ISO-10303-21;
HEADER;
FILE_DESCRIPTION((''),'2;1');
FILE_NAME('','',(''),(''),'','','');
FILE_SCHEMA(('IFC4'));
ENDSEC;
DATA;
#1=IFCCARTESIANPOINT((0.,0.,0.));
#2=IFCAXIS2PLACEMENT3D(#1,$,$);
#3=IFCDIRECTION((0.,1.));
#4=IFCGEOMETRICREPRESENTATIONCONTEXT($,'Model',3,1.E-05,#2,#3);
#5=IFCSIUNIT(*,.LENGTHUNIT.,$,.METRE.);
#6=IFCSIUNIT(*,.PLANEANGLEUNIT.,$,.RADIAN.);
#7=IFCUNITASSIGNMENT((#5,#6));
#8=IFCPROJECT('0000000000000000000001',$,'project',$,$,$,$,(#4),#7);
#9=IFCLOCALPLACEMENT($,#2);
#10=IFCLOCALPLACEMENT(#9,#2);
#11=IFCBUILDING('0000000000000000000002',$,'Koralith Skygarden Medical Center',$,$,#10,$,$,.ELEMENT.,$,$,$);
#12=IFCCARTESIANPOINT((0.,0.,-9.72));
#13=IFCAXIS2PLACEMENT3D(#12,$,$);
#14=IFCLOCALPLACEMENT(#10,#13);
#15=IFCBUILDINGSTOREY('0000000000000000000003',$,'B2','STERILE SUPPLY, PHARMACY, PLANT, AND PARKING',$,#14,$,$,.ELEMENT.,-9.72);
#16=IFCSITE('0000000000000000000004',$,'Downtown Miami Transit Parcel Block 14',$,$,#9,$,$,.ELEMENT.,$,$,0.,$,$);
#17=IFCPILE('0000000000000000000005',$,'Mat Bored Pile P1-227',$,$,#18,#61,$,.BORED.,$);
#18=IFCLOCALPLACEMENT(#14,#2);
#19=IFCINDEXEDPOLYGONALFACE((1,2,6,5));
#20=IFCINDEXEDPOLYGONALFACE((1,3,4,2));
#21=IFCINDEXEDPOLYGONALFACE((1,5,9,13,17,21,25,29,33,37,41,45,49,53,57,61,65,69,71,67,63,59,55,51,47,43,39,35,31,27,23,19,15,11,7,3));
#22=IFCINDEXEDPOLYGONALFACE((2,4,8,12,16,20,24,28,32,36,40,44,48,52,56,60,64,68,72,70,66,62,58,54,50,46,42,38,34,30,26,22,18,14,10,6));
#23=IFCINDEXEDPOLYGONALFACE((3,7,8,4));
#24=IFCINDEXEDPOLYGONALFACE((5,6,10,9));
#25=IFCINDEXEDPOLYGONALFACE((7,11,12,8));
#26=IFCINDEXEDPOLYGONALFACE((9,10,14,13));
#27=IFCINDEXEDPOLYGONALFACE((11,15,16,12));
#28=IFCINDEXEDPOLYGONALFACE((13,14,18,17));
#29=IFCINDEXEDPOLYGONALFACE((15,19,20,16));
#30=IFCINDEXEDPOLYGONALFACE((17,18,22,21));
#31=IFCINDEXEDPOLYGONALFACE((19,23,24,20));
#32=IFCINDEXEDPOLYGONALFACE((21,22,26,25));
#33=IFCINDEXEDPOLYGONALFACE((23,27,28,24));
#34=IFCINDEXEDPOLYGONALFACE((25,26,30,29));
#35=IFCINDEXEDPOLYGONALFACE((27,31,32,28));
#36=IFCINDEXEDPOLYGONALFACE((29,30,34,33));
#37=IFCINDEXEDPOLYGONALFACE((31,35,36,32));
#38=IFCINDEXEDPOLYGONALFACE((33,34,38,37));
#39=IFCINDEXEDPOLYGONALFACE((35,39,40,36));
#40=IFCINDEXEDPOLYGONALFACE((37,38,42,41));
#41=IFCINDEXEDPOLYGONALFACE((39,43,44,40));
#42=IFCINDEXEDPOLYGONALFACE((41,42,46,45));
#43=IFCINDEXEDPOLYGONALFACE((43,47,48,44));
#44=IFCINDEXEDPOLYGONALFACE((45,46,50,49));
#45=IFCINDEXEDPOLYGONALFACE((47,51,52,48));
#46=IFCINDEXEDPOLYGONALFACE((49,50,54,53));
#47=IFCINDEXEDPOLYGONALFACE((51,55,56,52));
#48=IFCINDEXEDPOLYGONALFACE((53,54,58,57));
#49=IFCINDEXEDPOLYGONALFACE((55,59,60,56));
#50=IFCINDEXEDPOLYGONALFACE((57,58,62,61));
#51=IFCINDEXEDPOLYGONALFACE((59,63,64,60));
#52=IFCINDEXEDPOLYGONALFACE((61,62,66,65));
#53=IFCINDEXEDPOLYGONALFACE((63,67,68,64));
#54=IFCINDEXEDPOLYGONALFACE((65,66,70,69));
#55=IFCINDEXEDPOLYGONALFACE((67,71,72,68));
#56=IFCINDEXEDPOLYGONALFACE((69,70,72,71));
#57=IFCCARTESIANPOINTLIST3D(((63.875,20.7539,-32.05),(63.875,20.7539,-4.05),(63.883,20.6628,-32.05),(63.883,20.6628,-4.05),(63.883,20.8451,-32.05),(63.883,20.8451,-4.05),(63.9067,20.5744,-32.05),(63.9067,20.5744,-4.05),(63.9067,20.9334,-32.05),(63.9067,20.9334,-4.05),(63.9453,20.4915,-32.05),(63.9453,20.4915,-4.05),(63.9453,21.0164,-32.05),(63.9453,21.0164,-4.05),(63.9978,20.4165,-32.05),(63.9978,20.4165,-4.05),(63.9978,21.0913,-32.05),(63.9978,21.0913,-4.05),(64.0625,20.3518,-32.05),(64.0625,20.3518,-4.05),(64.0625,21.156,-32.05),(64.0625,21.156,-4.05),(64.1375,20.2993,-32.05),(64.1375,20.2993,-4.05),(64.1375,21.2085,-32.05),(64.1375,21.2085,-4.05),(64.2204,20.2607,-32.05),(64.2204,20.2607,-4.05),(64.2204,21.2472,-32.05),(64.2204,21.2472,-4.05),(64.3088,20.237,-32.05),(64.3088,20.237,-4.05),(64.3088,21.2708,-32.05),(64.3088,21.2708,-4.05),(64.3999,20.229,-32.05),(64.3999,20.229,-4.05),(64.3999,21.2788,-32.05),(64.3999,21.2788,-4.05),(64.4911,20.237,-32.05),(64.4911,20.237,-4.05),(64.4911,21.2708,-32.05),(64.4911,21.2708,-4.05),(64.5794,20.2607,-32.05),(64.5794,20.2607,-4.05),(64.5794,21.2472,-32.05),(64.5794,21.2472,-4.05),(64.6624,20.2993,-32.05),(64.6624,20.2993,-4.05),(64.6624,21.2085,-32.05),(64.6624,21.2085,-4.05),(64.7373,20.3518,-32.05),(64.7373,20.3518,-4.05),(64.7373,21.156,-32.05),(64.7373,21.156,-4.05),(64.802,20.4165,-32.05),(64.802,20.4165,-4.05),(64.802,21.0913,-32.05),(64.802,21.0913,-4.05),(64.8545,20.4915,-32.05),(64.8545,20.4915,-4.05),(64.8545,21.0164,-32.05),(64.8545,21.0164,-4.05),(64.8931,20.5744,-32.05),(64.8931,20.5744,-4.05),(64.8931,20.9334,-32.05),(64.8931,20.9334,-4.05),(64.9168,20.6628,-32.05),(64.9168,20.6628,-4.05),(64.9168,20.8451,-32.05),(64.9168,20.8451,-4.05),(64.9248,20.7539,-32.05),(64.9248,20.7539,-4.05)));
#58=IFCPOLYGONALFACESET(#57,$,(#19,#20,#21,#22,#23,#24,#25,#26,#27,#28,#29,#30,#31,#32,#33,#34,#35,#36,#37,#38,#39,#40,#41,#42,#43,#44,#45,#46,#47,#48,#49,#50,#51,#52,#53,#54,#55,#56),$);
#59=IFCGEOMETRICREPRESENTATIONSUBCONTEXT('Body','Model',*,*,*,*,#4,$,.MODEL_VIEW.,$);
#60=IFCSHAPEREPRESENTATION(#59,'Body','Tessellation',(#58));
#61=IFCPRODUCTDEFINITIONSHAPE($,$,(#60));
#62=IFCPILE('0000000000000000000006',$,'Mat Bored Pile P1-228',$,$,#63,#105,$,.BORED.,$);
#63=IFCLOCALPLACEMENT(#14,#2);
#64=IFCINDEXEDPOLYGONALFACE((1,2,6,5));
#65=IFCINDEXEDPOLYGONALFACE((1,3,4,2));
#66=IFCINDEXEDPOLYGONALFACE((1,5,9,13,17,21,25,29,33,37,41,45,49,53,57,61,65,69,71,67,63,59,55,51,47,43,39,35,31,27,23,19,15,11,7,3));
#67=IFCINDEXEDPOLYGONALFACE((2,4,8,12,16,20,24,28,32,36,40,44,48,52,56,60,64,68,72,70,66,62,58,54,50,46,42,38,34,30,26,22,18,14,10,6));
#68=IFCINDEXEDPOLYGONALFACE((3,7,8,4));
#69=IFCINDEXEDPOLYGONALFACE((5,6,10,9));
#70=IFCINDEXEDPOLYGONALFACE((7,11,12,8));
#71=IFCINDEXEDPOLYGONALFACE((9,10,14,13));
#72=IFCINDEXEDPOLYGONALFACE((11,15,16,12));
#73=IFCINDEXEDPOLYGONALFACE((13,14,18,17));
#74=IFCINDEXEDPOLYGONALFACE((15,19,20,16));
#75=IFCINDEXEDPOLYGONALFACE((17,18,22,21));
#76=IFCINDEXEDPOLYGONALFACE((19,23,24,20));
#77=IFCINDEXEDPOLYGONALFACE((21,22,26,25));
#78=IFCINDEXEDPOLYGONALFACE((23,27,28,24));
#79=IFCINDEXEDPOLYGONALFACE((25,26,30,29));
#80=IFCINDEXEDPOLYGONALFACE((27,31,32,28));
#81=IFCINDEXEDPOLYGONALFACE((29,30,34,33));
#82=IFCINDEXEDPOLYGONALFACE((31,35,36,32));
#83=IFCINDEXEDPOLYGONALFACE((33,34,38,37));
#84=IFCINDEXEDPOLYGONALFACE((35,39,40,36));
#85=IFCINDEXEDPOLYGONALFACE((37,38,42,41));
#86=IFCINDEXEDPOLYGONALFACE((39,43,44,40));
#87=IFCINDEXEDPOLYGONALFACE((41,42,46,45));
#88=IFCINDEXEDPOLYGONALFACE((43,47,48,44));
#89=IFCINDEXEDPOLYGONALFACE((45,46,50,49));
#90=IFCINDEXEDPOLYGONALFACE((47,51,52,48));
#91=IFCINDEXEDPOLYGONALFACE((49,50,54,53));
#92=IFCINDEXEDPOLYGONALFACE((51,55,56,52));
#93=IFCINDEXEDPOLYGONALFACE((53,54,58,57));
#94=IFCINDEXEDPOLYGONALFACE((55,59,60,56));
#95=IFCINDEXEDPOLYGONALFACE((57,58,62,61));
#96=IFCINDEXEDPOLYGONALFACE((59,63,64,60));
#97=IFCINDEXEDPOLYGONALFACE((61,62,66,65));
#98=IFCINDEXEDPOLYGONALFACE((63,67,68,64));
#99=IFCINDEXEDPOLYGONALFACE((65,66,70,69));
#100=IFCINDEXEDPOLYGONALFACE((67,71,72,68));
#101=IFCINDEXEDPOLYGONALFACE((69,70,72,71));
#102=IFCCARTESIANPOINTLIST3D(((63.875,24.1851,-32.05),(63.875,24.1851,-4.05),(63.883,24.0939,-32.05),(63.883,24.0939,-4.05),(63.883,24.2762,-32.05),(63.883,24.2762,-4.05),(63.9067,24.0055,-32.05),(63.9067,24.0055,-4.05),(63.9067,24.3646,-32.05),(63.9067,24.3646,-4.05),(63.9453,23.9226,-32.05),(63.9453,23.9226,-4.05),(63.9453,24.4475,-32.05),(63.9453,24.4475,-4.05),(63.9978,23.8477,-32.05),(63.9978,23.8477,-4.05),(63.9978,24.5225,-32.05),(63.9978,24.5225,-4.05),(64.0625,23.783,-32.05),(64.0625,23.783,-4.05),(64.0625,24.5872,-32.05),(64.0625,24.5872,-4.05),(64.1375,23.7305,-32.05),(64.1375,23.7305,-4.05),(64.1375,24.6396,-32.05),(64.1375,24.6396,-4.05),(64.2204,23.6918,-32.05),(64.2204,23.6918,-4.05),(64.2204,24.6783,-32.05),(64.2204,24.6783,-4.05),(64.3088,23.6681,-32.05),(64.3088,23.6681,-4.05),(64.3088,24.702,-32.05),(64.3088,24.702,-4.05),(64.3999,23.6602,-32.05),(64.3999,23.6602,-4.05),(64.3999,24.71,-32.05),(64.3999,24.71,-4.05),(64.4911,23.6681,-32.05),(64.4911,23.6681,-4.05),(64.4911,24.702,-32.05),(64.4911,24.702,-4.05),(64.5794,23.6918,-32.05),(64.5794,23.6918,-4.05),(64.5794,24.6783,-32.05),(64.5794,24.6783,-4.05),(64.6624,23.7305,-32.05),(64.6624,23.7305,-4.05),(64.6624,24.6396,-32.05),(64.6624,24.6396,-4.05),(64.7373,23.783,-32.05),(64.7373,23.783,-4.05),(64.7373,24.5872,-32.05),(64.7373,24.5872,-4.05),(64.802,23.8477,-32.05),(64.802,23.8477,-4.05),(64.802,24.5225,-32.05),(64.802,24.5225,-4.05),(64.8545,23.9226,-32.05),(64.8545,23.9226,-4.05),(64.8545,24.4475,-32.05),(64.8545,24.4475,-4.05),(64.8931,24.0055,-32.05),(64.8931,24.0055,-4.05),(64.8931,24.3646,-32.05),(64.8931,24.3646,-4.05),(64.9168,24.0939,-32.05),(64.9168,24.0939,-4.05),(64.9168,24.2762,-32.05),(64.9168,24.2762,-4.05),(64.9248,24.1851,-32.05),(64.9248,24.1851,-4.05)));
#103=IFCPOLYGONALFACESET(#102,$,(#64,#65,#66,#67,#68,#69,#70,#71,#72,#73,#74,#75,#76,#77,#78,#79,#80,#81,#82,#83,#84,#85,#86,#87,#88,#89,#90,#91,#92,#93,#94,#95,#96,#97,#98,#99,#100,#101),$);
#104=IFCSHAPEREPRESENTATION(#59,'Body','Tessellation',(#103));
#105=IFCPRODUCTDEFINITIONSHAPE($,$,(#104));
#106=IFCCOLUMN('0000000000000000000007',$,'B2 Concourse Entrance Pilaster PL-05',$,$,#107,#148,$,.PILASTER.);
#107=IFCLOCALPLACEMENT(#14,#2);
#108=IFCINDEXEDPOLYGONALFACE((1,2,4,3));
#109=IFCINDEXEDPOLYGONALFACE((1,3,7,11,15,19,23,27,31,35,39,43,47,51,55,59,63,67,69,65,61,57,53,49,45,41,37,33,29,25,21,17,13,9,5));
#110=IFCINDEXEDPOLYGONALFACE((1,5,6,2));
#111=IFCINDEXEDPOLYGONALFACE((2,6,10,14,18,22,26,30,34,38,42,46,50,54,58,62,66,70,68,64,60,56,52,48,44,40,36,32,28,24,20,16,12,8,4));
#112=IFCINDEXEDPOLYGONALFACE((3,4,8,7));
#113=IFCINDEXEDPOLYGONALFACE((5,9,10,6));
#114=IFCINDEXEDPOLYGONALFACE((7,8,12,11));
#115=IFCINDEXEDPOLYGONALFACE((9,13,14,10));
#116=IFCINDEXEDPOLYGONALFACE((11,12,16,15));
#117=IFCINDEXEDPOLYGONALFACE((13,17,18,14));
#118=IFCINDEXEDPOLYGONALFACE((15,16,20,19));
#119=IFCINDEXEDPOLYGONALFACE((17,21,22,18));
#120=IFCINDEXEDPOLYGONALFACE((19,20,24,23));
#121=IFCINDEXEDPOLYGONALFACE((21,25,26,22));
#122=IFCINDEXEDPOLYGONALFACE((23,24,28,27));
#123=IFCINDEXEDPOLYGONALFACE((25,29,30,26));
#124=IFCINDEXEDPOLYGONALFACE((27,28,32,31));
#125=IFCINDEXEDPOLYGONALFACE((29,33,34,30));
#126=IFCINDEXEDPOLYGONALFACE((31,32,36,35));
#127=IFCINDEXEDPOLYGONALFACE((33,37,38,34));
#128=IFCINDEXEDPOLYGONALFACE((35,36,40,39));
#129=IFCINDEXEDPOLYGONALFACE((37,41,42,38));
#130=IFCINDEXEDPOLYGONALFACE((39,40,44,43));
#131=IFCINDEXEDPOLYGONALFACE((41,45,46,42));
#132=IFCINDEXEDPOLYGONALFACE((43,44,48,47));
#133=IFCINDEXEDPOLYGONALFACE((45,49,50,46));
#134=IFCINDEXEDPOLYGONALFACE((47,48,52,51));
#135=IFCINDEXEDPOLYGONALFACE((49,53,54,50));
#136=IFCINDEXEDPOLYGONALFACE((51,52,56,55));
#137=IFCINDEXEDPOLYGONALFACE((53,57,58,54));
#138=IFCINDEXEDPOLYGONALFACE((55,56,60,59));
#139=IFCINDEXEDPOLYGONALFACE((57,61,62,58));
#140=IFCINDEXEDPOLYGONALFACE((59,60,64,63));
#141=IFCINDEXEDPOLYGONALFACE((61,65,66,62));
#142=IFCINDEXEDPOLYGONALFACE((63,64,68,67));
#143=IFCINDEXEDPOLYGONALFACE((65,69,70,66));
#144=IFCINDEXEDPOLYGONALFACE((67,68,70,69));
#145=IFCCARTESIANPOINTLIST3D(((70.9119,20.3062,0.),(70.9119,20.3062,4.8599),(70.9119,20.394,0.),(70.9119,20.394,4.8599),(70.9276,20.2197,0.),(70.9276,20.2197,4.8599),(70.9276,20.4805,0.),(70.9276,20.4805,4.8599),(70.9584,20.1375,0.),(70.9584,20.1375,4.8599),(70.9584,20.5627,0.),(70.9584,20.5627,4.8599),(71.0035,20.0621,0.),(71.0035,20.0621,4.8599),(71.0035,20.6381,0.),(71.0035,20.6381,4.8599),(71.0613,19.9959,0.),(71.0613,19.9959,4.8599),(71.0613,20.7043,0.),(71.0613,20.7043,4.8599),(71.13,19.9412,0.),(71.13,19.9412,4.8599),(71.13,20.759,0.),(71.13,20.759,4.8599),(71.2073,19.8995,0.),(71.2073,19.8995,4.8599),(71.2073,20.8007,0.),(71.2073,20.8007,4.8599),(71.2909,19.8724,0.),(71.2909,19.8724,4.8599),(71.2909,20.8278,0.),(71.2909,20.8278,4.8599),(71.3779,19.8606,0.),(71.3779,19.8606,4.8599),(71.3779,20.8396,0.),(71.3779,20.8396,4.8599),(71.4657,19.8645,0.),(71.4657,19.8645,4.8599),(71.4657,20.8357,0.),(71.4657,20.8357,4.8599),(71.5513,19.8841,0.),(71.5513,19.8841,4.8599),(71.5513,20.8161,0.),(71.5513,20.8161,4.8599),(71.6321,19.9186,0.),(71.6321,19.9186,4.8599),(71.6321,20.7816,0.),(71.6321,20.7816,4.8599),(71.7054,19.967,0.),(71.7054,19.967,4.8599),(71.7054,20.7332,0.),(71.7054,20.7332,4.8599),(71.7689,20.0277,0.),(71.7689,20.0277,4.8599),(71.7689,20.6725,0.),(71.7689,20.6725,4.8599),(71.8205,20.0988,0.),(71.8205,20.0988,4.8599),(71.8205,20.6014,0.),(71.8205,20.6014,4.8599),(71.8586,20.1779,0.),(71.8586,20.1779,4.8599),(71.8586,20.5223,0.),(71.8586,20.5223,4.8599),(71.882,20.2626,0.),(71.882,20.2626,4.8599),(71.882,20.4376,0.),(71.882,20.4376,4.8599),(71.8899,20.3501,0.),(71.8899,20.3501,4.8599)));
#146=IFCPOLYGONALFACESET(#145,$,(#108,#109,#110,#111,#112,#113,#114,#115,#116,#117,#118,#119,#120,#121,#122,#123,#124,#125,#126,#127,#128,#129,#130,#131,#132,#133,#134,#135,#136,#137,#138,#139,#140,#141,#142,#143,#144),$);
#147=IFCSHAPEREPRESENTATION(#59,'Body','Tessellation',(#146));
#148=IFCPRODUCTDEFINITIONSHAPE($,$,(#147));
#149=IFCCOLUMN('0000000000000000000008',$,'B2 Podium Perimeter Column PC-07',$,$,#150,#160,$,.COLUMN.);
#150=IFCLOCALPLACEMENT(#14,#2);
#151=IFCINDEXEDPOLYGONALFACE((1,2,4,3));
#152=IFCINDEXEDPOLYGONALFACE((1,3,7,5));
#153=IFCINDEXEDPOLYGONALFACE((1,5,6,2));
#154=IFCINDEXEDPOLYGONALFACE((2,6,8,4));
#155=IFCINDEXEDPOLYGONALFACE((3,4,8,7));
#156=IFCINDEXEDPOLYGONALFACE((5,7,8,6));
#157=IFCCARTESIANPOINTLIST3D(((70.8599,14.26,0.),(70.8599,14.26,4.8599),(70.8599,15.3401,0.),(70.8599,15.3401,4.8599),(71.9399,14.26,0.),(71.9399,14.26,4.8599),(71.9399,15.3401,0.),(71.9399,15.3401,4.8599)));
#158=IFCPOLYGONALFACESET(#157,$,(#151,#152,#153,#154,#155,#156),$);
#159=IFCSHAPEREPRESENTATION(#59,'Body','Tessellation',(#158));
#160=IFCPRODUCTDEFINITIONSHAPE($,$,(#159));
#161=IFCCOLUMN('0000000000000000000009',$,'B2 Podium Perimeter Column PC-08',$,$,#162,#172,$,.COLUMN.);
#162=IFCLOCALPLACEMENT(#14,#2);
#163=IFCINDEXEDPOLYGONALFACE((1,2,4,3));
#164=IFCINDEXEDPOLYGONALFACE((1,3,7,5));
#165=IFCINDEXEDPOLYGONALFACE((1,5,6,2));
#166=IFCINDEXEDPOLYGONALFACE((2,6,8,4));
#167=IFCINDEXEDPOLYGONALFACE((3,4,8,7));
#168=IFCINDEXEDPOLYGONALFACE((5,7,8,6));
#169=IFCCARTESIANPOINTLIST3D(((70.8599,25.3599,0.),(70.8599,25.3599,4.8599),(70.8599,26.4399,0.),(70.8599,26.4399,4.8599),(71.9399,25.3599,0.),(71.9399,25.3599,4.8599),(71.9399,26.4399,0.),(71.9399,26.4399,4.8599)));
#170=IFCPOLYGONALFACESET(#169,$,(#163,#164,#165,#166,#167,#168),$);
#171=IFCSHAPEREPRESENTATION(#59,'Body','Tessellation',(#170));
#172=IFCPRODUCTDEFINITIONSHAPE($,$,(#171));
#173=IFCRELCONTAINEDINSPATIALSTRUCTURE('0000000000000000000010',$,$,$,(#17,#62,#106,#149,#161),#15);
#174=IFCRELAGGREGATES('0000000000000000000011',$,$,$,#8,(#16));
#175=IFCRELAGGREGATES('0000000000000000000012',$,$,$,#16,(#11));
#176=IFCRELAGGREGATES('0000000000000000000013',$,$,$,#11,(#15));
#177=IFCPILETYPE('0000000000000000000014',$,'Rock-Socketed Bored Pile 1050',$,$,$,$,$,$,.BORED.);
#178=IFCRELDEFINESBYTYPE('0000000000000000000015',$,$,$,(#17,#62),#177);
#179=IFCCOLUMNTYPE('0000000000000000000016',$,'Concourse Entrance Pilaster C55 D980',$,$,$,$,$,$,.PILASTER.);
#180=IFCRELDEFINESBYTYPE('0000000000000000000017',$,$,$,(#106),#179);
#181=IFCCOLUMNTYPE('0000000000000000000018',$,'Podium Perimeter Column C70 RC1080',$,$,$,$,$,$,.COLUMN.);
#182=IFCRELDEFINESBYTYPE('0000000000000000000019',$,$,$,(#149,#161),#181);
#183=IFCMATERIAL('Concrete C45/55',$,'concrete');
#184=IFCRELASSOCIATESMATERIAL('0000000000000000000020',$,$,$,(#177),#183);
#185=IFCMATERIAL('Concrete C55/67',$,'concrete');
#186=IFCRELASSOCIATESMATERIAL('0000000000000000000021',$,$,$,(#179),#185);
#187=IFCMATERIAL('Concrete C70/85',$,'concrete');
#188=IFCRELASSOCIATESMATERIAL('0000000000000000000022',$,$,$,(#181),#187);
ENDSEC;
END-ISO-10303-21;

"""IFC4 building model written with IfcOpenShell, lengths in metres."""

from ifc_helpers import new_model, si_unit, direction, frame, origin, origin_2d, place, context, subcontext, project, spatial, rectangle, circle, extrude, material, material_profile, profile_set, type_object, element, save


model = new_model("IFC4")

# Units and contexts
model_context = context("Model", 3, precision=1e-05, world=origin(), true_north=direction((0.0, 1.0)))
body_context = subcontext(model_context, "Body", "Model", "MODEL_VIEW")
ifc_project = project(units=[si_unit("LENGTHUNIT", "METRE"), si_unit("PLANEANGLEUNIT", "RADIAN")], contexts=[model_context])

# Site, building, storey
site_placement = place(None, origin())
site = spatial("IfcSite", under=ifc_project, at=site_placement, Name="Downtown Miami Transit Parcel Block 14", CompositionType="ELEMENT", RefElevation=0.0)
building_placement = place(site_placement, origin())
building = spatial("IfcBuilding", under=site, at=building_placement, Name="Koralith Skygarden Medical Center", CompositionType="ELEMENT")
storey_placement = place(building_placement, frame((0.0, 0.0, -9.72)))
storey = spatial("IfcBuildingStorey", under=building, at=storey_placement, Name="B2", Description="STERILE SUPPLY, PHARMACY, PLANT, AND PARKING", CompositionType="ELEMENT", Elevation=-9.72)

# Shared definitions
ifc_material_1 = material(Name="Concrete C55/67", Category="concrete")

# Piles
ifc_material_2 = material(Name="Concrete C45/55", Category="concrete")
ifc_material_profile_1 = material_profile(ifc_material_2, circle(Radius=0.5249, at=origin_2d()), Name="PILE1050")
ifc_profile_set_1 = profile_set([ifc_material_profile_1], Name="Concrete C45/55")
pile_type = type_object("IfcPileType", Name="Rock-Socketed Bored Pile 1050", PredefinedType="BORED", material=ifc_profile_set_1)
for number, where, z_axis, x_axis, name in (
    (1, (64.3999, 20.7539, -4.05), (0.0, 0.0, -1.0), (1.0, 0.0, 0.0), "Mat Bored Pile P1-227"),
    (2, (64.3999, 24.1851, -4.05), (0.0, 0.0, -1.0), (1.0, 0.0, 0.0), "Mat Bored Pile P1-228"),
):
    element("IfcPile", number, at=place(storey_placement, frame(where, z_axis=z_axis, x_axis=x_axis)), inside=storey, type_object=pile_type, Name=name, PredefinedType="BORED", context=body_context, shape_type="SweptSolid", body=[
        extrude(circle(Radius=0.5249, at=origin_2d()), origin(), (0.0, 0.0, 1.0), 28.0),
    ])

# Columns
ifc_material_profile_2 = material_profile(ifc_material_1, circle(Radius=0.49, at=origin_2d()), Name="RCCOL980")
ifc_profile_set_2 = profile_set([ifc_material_profile_2], Name="Concrete C55/67")
column_type_1 = type_object("IfcColumnType", Name="Concourse Entrance Pilaster C55 D980", PredefinedType="PILASTER", material=ifc_profile_set_2)
column_1_placement = place(storey_placement, frame((71.3999, 20.3501, 0.0), z_axis=(0.0, 0.0, 1.0), x_axis=(1.0, 0.0, 0.0)))
element("IfcColumn", 3, at=column_1_placement, inside=storey, type_object=column_type_1, Name="B2 Concourse Entrance Pilaster PL-05", PredefinedType="PILASTER", context=body_context, shape_type="SweptSolid", body=[
    extrude(circle(Radius=0.49, at=origin_2d()), origin(), (0.0, 0.0, 1.0), 4.8599),
])
ifc_material_3 = material(Name="Concrete C70/85", Category="concrete")
ifc_material_profile_3 = material_profile(ifc_material_3, rectangle(XDim=1.0801, YDim=1.0801, at=origin_2d()), Name="RC1080X1080")
ifc_profile_set_3 = profile_set([ifc_material_profile_3], Name="Concrete C70/85")
column_type_2 = type_object("IfcColumnType", Name="Podium Perimeter Column C70 RC1080", PredefinedType="COLUMN", material=ifc_profile_set_3)
for number, where, z_axis, x_axis, name in (
    (4, (71.3999, 14.8, 0.0), (0.0, 0.0, 1.0), (1.0, 0.0, 0.0), "B2 Podium Perimeter Column PC-07"),
    (5, (71.3999, 25.8999, 0.0), (0.0, 0.0, 1.0), (1.0, 0.0, 0.0), "B2 Podium Perimeter Column PC-08"),
):
    element("IfcColumn", number, at=place(storey_placement, frame(where, z_axis=z_axis, x_axis=x_axis)), inside=storey, type_object=column_type_2, Name=name, PredefinedType="COLUMN", context=body_context, shape_type="SweptSolid", body=[
        extrude(rectangle(XDim=1.0801, YDim=1.0801, at=origin_2d()), origin(), (0.0, 0.0, 1.0), 4.8599),
    ])

save(model, "model.ifc")
